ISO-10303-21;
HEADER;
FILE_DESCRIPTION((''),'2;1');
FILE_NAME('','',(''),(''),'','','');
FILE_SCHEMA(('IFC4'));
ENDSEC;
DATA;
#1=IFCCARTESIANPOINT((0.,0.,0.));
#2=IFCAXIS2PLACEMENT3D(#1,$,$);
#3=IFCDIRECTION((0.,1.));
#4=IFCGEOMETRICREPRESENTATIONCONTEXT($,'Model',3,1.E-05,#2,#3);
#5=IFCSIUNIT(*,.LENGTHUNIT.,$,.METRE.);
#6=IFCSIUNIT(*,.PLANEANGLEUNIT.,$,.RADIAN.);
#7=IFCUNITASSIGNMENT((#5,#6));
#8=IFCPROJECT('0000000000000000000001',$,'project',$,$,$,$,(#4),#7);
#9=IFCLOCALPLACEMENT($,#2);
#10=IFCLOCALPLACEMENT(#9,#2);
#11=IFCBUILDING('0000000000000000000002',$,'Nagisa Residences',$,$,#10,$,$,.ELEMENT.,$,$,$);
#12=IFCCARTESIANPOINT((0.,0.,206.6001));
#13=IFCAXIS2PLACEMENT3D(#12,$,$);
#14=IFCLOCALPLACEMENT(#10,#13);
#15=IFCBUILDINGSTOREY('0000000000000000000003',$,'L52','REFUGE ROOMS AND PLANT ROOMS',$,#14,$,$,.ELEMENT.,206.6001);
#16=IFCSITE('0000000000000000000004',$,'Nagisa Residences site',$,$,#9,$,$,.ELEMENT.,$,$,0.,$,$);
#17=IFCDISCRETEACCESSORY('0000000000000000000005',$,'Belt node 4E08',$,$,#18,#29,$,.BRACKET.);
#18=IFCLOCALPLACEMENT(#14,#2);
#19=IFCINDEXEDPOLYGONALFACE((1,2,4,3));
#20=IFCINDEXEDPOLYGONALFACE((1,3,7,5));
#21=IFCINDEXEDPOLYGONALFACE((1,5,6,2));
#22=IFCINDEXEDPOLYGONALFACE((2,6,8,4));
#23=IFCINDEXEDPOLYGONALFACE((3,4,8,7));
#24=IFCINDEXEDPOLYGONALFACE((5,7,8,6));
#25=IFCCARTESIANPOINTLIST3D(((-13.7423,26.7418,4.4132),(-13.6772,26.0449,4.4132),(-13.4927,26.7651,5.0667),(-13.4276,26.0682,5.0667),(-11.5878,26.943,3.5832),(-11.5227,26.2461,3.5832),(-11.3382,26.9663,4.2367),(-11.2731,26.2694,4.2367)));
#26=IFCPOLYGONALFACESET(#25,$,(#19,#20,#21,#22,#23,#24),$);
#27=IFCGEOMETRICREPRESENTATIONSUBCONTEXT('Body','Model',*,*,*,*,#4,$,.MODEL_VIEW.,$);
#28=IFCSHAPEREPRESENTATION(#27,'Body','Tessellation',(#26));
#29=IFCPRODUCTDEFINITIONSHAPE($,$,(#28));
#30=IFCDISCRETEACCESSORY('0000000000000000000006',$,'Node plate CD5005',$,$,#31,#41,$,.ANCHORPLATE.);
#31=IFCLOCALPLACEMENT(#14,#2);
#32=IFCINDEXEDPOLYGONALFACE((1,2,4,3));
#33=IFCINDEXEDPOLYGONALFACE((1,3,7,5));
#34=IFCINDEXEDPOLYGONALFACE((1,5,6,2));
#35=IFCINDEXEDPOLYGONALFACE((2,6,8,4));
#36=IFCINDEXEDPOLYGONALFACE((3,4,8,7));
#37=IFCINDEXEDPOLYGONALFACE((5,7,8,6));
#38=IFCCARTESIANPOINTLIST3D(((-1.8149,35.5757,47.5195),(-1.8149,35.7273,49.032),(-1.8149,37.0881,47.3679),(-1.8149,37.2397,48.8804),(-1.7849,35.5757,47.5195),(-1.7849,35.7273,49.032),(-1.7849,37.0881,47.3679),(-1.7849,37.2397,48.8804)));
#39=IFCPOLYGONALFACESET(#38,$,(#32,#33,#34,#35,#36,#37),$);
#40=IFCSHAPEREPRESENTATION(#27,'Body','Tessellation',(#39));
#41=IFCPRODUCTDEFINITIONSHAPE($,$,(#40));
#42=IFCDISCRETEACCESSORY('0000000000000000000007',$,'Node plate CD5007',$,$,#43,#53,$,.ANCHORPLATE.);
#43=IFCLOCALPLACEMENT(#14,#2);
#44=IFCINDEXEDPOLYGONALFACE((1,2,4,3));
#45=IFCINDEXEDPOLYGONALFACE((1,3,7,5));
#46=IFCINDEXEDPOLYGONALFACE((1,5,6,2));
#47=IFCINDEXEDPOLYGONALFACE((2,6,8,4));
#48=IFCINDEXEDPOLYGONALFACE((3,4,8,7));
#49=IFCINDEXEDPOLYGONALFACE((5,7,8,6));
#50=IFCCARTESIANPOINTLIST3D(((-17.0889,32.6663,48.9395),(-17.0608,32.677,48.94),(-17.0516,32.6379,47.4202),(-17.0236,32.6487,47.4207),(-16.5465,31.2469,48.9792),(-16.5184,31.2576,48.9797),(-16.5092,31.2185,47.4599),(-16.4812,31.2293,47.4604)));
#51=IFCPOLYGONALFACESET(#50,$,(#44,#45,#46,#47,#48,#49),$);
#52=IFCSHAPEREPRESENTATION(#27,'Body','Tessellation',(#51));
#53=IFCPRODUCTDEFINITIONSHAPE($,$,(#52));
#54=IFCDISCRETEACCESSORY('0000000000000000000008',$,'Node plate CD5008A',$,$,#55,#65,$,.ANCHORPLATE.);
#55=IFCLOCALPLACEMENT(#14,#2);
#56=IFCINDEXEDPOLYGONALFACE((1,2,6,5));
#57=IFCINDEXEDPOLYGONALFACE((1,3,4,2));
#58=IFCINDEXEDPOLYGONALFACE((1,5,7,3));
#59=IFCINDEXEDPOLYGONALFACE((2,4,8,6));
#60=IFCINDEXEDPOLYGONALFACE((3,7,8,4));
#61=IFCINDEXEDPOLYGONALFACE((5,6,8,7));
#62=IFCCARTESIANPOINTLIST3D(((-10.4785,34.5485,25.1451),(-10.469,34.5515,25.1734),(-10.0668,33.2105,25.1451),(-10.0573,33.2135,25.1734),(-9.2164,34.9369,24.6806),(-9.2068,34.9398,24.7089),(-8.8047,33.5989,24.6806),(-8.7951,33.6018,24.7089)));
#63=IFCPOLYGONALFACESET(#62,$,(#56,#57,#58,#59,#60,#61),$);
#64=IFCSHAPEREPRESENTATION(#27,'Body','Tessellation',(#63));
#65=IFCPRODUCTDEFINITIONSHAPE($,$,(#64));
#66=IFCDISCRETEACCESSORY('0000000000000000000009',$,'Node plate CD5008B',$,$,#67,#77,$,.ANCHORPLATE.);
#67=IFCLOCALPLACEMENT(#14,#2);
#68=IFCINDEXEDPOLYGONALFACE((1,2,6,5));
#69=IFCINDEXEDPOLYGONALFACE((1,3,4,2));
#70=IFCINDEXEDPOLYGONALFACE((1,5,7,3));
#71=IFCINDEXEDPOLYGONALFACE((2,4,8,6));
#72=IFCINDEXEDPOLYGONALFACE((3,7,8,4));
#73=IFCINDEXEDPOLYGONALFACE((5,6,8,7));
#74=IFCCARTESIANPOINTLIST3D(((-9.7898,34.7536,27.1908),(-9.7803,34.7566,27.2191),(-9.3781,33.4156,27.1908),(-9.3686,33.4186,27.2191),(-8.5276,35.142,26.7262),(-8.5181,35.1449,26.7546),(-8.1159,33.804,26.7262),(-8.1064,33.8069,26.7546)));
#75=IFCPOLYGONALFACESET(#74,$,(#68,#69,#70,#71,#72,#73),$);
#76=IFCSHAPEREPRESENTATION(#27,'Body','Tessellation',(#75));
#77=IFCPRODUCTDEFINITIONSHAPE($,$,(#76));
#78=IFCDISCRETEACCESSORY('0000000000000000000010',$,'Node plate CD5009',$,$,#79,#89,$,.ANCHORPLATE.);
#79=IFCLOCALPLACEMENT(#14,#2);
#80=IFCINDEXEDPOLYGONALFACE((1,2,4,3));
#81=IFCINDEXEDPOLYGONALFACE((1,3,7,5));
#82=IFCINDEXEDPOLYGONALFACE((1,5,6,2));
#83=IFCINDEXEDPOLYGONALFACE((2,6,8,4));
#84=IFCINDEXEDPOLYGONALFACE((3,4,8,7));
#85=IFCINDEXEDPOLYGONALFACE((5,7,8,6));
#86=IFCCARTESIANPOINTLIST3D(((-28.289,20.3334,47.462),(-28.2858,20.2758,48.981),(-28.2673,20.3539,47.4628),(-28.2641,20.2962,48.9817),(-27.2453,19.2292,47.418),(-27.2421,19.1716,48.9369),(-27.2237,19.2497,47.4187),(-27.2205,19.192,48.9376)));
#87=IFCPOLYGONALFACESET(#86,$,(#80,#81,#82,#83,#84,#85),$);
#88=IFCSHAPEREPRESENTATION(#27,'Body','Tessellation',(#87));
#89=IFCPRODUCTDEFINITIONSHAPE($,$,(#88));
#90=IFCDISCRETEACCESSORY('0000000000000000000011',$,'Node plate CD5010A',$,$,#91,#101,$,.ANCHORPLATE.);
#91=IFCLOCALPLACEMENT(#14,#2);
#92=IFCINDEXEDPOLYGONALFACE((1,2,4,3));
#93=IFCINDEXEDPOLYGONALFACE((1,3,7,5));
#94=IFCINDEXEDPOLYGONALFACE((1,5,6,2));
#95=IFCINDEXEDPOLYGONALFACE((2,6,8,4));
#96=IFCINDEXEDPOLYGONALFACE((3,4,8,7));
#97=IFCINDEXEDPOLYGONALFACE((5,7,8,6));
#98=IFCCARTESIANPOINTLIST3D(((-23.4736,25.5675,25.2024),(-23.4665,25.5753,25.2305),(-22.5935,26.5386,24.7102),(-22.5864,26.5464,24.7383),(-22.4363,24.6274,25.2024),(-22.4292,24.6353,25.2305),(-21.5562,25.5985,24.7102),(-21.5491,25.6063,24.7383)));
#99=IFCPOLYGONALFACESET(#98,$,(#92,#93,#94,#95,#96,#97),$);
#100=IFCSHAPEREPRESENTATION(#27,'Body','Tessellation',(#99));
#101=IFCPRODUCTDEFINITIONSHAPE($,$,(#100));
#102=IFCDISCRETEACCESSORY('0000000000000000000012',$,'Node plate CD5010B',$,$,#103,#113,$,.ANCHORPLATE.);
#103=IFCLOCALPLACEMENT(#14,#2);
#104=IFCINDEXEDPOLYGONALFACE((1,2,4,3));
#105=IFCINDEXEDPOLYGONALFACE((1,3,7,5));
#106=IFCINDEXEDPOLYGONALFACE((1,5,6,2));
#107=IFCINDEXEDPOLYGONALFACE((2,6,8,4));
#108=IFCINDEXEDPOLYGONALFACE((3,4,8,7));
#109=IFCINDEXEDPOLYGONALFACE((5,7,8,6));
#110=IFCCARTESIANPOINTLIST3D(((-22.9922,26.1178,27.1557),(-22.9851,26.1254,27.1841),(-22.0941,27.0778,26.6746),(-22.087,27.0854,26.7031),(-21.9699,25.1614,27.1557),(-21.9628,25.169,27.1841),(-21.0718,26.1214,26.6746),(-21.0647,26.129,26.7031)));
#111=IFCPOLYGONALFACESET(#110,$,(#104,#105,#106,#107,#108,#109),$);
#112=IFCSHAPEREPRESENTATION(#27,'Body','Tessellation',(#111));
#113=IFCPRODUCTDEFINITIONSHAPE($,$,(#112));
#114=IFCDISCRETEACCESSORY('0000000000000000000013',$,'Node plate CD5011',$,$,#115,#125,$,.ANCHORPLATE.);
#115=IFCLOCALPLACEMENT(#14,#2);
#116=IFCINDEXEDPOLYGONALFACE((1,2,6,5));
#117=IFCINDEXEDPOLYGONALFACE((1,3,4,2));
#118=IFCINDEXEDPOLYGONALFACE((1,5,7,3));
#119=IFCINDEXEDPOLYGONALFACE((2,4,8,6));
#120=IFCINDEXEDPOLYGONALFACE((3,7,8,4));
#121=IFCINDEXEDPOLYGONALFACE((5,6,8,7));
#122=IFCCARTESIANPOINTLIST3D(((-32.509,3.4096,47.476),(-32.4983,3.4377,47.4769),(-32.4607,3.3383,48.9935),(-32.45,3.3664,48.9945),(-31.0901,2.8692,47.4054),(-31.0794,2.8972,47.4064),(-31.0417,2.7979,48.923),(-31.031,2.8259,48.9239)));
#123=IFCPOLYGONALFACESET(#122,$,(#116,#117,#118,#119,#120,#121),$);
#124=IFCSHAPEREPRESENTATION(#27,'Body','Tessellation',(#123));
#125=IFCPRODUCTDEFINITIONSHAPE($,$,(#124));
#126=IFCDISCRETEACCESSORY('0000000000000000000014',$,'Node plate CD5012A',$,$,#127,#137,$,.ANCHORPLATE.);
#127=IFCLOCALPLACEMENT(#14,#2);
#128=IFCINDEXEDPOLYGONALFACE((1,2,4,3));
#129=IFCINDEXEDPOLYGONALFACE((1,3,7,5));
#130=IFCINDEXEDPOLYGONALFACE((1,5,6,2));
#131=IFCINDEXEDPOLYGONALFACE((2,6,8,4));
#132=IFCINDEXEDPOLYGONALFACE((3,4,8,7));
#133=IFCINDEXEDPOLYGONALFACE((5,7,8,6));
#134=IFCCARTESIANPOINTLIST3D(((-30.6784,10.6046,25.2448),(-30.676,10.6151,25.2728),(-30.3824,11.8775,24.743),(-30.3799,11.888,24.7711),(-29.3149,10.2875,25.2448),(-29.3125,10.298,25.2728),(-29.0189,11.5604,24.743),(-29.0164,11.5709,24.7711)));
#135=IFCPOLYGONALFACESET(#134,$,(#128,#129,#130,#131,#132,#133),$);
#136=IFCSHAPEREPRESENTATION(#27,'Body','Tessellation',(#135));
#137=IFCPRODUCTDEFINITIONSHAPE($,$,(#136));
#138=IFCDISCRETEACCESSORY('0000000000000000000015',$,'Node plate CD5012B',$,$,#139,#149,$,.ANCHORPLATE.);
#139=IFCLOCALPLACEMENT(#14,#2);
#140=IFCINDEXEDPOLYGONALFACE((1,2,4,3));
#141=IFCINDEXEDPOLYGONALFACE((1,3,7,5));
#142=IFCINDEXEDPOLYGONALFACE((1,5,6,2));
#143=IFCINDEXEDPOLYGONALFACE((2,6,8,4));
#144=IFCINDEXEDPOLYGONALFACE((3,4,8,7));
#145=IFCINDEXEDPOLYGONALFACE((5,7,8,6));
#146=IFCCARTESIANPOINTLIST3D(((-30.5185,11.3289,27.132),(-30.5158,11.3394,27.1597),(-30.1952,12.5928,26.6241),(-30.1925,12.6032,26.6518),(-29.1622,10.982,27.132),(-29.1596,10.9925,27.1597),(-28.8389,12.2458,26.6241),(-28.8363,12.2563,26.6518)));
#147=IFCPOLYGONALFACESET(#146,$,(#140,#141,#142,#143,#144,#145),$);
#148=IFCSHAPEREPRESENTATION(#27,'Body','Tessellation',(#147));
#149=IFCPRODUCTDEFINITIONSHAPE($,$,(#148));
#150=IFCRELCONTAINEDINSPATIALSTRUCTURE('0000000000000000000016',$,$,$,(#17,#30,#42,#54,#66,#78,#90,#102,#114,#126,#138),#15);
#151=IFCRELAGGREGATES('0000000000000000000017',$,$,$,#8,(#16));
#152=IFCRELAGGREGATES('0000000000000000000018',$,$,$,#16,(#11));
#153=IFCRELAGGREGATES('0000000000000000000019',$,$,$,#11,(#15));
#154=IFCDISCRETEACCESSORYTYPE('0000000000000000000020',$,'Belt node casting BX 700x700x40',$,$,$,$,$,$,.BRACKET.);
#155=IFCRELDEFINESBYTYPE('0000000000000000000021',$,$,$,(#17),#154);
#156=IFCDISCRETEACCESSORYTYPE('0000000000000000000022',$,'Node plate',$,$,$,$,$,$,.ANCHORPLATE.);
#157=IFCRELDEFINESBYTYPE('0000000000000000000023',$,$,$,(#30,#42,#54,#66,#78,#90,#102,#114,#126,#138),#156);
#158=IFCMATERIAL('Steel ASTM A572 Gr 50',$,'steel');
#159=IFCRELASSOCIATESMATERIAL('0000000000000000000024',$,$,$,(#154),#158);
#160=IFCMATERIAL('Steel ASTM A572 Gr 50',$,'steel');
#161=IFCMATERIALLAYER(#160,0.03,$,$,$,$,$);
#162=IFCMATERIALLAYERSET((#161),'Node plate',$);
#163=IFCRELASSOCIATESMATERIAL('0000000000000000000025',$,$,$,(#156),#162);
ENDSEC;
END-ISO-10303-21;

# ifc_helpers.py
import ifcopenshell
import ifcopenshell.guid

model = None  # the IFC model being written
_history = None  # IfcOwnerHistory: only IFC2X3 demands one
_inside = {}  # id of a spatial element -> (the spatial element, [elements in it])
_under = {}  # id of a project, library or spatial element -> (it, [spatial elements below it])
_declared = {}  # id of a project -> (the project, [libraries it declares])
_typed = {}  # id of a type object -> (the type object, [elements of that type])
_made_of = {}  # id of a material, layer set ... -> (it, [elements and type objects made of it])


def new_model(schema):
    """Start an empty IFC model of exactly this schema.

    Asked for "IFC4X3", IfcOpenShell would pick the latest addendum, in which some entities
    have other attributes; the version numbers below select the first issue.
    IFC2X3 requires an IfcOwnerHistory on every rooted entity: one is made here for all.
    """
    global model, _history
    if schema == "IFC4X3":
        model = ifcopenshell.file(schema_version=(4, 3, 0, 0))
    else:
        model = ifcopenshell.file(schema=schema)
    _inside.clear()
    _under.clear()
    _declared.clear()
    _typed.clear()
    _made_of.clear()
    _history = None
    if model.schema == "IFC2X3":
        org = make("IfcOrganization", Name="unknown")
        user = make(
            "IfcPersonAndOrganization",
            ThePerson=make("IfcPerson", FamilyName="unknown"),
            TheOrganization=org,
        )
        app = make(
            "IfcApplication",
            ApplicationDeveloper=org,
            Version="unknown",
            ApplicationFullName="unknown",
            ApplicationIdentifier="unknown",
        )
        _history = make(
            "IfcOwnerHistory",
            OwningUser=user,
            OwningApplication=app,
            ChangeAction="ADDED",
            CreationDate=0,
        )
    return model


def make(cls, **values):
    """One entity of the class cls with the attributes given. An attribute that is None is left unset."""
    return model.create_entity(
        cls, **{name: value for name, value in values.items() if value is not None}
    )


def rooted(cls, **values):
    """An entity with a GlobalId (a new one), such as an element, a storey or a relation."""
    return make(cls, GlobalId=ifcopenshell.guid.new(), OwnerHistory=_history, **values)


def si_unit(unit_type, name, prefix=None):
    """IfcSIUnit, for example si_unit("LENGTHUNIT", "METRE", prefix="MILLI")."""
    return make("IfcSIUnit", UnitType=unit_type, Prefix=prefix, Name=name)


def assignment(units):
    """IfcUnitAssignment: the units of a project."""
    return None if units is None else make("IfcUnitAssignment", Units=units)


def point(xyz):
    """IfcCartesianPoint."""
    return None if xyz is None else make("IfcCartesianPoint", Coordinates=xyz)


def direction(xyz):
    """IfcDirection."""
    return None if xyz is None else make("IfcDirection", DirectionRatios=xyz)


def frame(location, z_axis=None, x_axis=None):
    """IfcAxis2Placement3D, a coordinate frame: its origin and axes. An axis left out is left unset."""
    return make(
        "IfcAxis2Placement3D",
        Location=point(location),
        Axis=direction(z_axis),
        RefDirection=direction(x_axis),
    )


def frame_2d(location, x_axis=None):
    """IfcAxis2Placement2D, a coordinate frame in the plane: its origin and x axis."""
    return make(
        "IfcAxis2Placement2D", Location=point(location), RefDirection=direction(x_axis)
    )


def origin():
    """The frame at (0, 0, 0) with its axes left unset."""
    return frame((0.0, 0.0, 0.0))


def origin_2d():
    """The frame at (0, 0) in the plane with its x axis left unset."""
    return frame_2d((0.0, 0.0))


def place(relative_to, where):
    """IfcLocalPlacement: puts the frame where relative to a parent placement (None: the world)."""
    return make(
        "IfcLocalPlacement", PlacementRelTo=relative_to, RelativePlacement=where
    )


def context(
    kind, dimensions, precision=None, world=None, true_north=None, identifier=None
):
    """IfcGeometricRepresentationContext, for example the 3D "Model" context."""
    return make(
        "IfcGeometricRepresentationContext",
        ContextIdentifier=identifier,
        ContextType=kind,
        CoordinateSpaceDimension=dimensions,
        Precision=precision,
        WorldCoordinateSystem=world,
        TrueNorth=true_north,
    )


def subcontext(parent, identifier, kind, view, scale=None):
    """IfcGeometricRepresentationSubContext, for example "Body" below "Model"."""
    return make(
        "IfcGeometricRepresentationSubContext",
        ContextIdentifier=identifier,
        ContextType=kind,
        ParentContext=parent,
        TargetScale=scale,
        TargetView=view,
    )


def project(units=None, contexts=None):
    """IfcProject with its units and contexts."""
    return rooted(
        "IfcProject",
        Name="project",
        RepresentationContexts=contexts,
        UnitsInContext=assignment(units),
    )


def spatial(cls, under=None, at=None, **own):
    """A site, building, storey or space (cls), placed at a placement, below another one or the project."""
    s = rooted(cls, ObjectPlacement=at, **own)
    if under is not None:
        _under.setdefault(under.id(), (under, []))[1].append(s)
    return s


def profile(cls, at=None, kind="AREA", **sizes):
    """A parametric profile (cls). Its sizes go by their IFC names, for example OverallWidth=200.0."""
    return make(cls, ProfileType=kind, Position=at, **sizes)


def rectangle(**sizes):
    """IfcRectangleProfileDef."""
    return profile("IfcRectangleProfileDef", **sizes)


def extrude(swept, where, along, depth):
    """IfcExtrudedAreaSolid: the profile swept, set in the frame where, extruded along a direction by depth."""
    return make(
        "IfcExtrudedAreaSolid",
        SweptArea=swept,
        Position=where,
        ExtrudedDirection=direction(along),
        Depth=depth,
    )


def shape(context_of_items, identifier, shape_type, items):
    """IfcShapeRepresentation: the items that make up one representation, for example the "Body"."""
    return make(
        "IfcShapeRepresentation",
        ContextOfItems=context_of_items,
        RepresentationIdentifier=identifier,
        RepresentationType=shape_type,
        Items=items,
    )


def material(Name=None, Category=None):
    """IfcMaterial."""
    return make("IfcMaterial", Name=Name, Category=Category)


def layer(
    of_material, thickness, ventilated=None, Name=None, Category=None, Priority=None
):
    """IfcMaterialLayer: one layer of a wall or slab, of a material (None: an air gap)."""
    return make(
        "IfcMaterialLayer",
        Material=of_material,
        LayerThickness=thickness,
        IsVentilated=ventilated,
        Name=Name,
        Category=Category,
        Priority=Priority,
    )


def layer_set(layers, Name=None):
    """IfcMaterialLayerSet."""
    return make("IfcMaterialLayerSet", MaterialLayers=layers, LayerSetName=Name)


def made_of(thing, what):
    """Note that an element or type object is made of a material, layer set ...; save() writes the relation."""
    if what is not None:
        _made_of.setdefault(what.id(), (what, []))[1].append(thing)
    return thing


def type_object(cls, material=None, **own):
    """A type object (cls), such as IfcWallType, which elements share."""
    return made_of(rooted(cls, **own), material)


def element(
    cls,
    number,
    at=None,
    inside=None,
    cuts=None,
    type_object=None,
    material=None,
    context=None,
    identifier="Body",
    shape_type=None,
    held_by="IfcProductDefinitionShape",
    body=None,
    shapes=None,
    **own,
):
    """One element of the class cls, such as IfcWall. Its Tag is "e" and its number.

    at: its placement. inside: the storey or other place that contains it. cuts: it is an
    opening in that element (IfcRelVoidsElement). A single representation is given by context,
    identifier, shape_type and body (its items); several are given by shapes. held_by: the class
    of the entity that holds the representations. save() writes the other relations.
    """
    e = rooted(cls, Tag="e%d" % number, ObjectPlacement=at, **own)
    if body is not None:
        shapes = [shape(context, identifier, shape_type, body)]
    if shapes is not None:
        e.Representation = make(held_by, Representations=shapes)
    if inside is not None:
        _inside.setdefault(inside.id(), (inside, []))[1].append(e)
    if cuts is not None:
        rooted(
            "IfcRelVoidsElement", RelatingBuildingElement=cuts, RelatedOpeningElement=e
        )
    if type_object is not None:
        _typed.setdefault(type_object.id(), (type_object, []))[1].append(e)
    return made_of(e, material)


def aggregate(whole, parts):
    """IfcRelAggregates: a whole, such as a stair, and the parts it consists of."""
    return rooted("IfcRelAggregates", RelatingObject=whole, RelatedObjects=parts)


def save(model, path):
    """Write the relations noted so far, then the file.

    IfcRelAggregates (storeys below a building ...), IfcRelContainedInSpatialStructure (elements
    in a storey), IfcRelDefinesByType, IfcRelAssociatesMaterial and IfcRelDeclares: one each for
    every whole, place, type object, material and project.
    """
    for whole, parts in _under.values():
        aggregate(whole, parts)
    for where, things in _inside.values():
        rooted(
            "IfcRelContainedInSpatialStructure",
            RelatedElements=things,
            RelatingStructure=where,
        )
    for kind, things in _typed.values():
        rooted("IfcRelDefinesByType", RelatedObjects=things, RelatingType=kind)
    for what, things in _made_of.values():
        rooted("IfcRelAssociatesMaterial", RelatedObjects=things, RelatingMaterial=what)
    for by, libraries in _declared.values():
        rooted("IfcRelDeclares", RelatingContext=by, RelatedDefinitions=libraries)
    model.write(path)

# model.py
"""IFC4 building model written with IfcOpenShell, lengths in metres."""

from ifc_helpers import new_model, si_unit, direction, frame, origin, origin_2d, place, context, subcontext, project, spatial, rectangle, extrude, material, layer, layer_set, type_object, element, save


model = new_model("IFC4")

# Units and contexts
model_context = context("Model", 3, precision=1e-05, world=origin(), true_north=direction((0.0, 1.0)))
body_context = subcontext(model_context, "Body", "Model", "MODEL_VIEW")
ifc_project = project(units=[si_unit("LENGTHUNIT", "METRE"), si_unit("PLANEANGLEUNIT", "RADIAN")], contexts=[model_context])

# Site, building, storey
site_placement = place(None, origin())
site = spatial("IfcSite", under=ifc_project, at=site_placement, Name="Nagisa Residences site", CompositionType="ELEMENT", RefElevation=0.0)
building_placement = place(site_placement, origin())
building = spatial("IfcBuilding", under=site, at=building_placement, Name="Nagisa Residences", CompositionType="ELEMENT")
storey_placement = place(building_placement, frame((0.0, 0.0, 206.6001)))
storey = spatial("IfcBuildingStorey", under=building, at=storey_placement, Name="L52", Description="REFUGE ROOMS AND PLANT ROOMS", CompositionType="ELEMENT", Elevation=206.6001)

# Discrete accessories
ifc_material_1 = material(Name="Steel ASTM A572 Gr 50", Category="steel")
discrete_accessory_type_1 = type_object("IfcDiscreteAccessoryType", Name="Belt node casting BX 700x700x40", PredefinedType="BRACKET", material=ifc_material_1)
discrete_accessory_1_placement = place(storey_placement, frame((-11.4304, 26.6062, 3.9099), z_axis=(-0.929619, -0.0868, 0.358154), x_axis=(0.092967, -0.995669, 0.0)))
element("IfcDiscreteAccessory", 1, at=discrete_accessory_1_placement, inside=storey, type_object=discrete_accessory_type_1, Name="Belt node 4E08", PredefinedType="BRACKET", context=body_context, shape_type="SweptSolid", body=[
    extrude(rectangle(XDim=0.7, YDim=0.7, at=origin_2d()), origin(), (0.0, 0.0, 1.0), 2.3176),
])
ifc_material_2 = material(Name="Steel ASTM A572 Gr 50", Category="steel")
ifc_layer = layer(ifc_material_2, 0.03)
ifc_layer_set = layer_set([ifc_layer], Name="Node plate")
discrete_accessory_type_2 = type_object("IfcDiscreteAccessoryType", Name="Node plate", PredefinedType="ANCHORPLATE", material=ifc_layer_set)
for number, where, z_axis, x_axis, name in (
    (2, (-1.7849, 36.4077, 48.2), (-1.0, 0.0, 0.0), (0.0, -0.099725, -0.995015), "Node plate CD5005"),
    (3, (-16.771, 31.9531, 48.2002), (-0.933849, -0.357299, -0.016241), (0.02451, -0.018627, -0.999526), "Node plate CD5007"),
):
    element("IfcDiscreteAccessory", number, at=place(storey_placement, frame(where, z_axis=z_axis, x_axis=x_axis)), inside=storey, type_object=discrete_accessory_type_2, Name=name, PredefinedType="ANCHORPLATE", context=body_context, shape_type="SweptSolid", body=[
        extrude(rectangle(XDim=1.52, YDim=1.52, at=origin_2d()), origin(), (0.0, 0.0, 1.0), 0.03),
    ])
for number, where, z_axis, x_axis, name in (
    (4, (-9.6416, 34.0737, 24.9128), (0.317157, 0.097587, 0.943339), (-0.294086, 0.955779, 0.0), "Node plate CD5008A"),
    (5, (-8.9434, 34.2817, 26.9868), (-0.317157, -0.097587, -0.943339), (0.294086, -0.955779, 0.0), "Node plate CD5008B"),
):
    element("IfcDiscreteAccessory", number, at=place(storey_placement, frame(where, z_axis=z_axis, x_axis=x_axis)), inside=storey, type_object=discrete_accessory_type_2, Name=name, PredefinedType="ANCHORPLATE", context=body_context, shape_type="SweptSolid", body=[
        extrude(rectangle(XDim=1.3999, YDim=1.3999, at=origin_2d()), origin(), (0.0, 0.0, 1.0), 0.03),
    ])
discrete_accessory_2_placement = place(storey_placement, frame((-27.7439, 19.7729, 48.2002), z_axis=(-0.727021, -0.686177, -0.024506), x_axis=(-0.002098, 0.037912, -0.999279)))
element("IfcDiscreteAccessory", 6, at=discrete_accessory_2_placement, inside=storey, type_object=discrete_accessory_type_2, Name="Node plate CD5009", PredefinedType="ANCHORPLATE", context=body_context, shape_type="SweptSolid", body=[
    extrude(rectangle(XDim=1.52, YDim=1.52, at=origin_2d()), origin(), (0.0, 0.0, 1.0), 0.0298),
])
discrete_accessory_3_placement = place(storey_placement, frame((-22.5149, 25.583, 24.9563), z_axis=(0.236077, 0.260499, 0.936167), x_axis=(-0.740987, 0.671519, 0.0)))
element("IfcDiscreteAccessory", 7, at=discrete_accessory_3_placement, inside=storey, type_object=discrete_accessory_type_2, Name="Node plate CD5010A", PredefinedType="ANCHORPLATE", context=body_context, shape_type="SweptSolid", body=[
    extrude(rectangle(XDim=1.3999, YDim=1.3999, at=origin_2d()), origin(), (0.0, 0.0, 1.0), 0.03),
])
discrete_accessory_4_placement = place(storey_placement, frame((-22.0249, 26.1272, 26.9436), z_axis=(-0.234774, -0.250965, -0.939094), x_axis=(0.730271, -0.683157, 0.0)))
element("IfcDiscreteAccessory", 8, at=discrete_accessory_4_placement, inside=storey, type_object=discrete_accessory_type_2, Name="Node plate CD5010B", PredefinedType="ANCHORPLATE", context=body_context, shape_type="SweptSolid", body=[
    extrude(rectangle(XDim=1.3999, YDim=1.3999, at=origin_2d()), origin(), (0.0, 0.0, 1.0), 0.0303),
])
discrete_accessory_5_placement = place(storey_placement, frame((-31.7754, 3.1038, 48.1995), z_axis=(0.357157, 0.93348, 0.032469), x_axis=(-0.031809, 0.046897, -0.998393)))
element("IfcDiscreteAccessory", 9, at=discrete_accessory_5_placement, inside=storey, type_object=discrete_accessory_type_2, Name="Node plate CD5011", PredefinedType="ANCHORPLATE", context=body_context, shape_type="SweptSolid", body=[
    extrude(rectangle(XDim=1.52, YDim=1.52, at=origin_2d()), origin(), (0.0, 0.0, 1.0), 0.03),
])
discrete_accessory_6_placement = place(storey_placement, frame((-29.8486, 11.0825, 24.9939), z_axis=(0.08118, 0.349075, 0.933572), x_axis=(-0.974008, 0.226513, 0.0)))
element("IfcDiscreteAccessory", 10, at=discrete_accessory_6_placement, inside=storey, type_object=discrete_accessory_type_2, Name="Node plate CD5012A", PredefinedType="ANCHORPLATE", context=body_context, shape_type="SweptSolid", body=[
    extrude(rectangle(XDim=1.3999, YDim=1.3999, at=origin_2d()), origin(), (0.0, 0.0, 1.0), 0.03),
])
discrete_accessory_7_placement = place(storey_placement, frame((-29.676, 11.7979, 26.9058), z_axis=(-0.089917, -0.351492, -0.931863), x_axis=(0.968803, -0.247833, 0.0)))
element("IfcDiscreteAccessory", 11, at=discrete_accessory_7_placement, inside=storey, type_object=discrete_accessory_type_2, Name="Node plate CD5012B", PredefinedType="ANCHORPLATE", context=body_context, shape_type="SweptSolid", body=[
    extrude(rectangle(XDim=1.3999, YDim=1.3999, at=origin_2d()), origin(), (0.0, 0.0, 1.0), 0.0298),
])

save(model, "model.ifc")
